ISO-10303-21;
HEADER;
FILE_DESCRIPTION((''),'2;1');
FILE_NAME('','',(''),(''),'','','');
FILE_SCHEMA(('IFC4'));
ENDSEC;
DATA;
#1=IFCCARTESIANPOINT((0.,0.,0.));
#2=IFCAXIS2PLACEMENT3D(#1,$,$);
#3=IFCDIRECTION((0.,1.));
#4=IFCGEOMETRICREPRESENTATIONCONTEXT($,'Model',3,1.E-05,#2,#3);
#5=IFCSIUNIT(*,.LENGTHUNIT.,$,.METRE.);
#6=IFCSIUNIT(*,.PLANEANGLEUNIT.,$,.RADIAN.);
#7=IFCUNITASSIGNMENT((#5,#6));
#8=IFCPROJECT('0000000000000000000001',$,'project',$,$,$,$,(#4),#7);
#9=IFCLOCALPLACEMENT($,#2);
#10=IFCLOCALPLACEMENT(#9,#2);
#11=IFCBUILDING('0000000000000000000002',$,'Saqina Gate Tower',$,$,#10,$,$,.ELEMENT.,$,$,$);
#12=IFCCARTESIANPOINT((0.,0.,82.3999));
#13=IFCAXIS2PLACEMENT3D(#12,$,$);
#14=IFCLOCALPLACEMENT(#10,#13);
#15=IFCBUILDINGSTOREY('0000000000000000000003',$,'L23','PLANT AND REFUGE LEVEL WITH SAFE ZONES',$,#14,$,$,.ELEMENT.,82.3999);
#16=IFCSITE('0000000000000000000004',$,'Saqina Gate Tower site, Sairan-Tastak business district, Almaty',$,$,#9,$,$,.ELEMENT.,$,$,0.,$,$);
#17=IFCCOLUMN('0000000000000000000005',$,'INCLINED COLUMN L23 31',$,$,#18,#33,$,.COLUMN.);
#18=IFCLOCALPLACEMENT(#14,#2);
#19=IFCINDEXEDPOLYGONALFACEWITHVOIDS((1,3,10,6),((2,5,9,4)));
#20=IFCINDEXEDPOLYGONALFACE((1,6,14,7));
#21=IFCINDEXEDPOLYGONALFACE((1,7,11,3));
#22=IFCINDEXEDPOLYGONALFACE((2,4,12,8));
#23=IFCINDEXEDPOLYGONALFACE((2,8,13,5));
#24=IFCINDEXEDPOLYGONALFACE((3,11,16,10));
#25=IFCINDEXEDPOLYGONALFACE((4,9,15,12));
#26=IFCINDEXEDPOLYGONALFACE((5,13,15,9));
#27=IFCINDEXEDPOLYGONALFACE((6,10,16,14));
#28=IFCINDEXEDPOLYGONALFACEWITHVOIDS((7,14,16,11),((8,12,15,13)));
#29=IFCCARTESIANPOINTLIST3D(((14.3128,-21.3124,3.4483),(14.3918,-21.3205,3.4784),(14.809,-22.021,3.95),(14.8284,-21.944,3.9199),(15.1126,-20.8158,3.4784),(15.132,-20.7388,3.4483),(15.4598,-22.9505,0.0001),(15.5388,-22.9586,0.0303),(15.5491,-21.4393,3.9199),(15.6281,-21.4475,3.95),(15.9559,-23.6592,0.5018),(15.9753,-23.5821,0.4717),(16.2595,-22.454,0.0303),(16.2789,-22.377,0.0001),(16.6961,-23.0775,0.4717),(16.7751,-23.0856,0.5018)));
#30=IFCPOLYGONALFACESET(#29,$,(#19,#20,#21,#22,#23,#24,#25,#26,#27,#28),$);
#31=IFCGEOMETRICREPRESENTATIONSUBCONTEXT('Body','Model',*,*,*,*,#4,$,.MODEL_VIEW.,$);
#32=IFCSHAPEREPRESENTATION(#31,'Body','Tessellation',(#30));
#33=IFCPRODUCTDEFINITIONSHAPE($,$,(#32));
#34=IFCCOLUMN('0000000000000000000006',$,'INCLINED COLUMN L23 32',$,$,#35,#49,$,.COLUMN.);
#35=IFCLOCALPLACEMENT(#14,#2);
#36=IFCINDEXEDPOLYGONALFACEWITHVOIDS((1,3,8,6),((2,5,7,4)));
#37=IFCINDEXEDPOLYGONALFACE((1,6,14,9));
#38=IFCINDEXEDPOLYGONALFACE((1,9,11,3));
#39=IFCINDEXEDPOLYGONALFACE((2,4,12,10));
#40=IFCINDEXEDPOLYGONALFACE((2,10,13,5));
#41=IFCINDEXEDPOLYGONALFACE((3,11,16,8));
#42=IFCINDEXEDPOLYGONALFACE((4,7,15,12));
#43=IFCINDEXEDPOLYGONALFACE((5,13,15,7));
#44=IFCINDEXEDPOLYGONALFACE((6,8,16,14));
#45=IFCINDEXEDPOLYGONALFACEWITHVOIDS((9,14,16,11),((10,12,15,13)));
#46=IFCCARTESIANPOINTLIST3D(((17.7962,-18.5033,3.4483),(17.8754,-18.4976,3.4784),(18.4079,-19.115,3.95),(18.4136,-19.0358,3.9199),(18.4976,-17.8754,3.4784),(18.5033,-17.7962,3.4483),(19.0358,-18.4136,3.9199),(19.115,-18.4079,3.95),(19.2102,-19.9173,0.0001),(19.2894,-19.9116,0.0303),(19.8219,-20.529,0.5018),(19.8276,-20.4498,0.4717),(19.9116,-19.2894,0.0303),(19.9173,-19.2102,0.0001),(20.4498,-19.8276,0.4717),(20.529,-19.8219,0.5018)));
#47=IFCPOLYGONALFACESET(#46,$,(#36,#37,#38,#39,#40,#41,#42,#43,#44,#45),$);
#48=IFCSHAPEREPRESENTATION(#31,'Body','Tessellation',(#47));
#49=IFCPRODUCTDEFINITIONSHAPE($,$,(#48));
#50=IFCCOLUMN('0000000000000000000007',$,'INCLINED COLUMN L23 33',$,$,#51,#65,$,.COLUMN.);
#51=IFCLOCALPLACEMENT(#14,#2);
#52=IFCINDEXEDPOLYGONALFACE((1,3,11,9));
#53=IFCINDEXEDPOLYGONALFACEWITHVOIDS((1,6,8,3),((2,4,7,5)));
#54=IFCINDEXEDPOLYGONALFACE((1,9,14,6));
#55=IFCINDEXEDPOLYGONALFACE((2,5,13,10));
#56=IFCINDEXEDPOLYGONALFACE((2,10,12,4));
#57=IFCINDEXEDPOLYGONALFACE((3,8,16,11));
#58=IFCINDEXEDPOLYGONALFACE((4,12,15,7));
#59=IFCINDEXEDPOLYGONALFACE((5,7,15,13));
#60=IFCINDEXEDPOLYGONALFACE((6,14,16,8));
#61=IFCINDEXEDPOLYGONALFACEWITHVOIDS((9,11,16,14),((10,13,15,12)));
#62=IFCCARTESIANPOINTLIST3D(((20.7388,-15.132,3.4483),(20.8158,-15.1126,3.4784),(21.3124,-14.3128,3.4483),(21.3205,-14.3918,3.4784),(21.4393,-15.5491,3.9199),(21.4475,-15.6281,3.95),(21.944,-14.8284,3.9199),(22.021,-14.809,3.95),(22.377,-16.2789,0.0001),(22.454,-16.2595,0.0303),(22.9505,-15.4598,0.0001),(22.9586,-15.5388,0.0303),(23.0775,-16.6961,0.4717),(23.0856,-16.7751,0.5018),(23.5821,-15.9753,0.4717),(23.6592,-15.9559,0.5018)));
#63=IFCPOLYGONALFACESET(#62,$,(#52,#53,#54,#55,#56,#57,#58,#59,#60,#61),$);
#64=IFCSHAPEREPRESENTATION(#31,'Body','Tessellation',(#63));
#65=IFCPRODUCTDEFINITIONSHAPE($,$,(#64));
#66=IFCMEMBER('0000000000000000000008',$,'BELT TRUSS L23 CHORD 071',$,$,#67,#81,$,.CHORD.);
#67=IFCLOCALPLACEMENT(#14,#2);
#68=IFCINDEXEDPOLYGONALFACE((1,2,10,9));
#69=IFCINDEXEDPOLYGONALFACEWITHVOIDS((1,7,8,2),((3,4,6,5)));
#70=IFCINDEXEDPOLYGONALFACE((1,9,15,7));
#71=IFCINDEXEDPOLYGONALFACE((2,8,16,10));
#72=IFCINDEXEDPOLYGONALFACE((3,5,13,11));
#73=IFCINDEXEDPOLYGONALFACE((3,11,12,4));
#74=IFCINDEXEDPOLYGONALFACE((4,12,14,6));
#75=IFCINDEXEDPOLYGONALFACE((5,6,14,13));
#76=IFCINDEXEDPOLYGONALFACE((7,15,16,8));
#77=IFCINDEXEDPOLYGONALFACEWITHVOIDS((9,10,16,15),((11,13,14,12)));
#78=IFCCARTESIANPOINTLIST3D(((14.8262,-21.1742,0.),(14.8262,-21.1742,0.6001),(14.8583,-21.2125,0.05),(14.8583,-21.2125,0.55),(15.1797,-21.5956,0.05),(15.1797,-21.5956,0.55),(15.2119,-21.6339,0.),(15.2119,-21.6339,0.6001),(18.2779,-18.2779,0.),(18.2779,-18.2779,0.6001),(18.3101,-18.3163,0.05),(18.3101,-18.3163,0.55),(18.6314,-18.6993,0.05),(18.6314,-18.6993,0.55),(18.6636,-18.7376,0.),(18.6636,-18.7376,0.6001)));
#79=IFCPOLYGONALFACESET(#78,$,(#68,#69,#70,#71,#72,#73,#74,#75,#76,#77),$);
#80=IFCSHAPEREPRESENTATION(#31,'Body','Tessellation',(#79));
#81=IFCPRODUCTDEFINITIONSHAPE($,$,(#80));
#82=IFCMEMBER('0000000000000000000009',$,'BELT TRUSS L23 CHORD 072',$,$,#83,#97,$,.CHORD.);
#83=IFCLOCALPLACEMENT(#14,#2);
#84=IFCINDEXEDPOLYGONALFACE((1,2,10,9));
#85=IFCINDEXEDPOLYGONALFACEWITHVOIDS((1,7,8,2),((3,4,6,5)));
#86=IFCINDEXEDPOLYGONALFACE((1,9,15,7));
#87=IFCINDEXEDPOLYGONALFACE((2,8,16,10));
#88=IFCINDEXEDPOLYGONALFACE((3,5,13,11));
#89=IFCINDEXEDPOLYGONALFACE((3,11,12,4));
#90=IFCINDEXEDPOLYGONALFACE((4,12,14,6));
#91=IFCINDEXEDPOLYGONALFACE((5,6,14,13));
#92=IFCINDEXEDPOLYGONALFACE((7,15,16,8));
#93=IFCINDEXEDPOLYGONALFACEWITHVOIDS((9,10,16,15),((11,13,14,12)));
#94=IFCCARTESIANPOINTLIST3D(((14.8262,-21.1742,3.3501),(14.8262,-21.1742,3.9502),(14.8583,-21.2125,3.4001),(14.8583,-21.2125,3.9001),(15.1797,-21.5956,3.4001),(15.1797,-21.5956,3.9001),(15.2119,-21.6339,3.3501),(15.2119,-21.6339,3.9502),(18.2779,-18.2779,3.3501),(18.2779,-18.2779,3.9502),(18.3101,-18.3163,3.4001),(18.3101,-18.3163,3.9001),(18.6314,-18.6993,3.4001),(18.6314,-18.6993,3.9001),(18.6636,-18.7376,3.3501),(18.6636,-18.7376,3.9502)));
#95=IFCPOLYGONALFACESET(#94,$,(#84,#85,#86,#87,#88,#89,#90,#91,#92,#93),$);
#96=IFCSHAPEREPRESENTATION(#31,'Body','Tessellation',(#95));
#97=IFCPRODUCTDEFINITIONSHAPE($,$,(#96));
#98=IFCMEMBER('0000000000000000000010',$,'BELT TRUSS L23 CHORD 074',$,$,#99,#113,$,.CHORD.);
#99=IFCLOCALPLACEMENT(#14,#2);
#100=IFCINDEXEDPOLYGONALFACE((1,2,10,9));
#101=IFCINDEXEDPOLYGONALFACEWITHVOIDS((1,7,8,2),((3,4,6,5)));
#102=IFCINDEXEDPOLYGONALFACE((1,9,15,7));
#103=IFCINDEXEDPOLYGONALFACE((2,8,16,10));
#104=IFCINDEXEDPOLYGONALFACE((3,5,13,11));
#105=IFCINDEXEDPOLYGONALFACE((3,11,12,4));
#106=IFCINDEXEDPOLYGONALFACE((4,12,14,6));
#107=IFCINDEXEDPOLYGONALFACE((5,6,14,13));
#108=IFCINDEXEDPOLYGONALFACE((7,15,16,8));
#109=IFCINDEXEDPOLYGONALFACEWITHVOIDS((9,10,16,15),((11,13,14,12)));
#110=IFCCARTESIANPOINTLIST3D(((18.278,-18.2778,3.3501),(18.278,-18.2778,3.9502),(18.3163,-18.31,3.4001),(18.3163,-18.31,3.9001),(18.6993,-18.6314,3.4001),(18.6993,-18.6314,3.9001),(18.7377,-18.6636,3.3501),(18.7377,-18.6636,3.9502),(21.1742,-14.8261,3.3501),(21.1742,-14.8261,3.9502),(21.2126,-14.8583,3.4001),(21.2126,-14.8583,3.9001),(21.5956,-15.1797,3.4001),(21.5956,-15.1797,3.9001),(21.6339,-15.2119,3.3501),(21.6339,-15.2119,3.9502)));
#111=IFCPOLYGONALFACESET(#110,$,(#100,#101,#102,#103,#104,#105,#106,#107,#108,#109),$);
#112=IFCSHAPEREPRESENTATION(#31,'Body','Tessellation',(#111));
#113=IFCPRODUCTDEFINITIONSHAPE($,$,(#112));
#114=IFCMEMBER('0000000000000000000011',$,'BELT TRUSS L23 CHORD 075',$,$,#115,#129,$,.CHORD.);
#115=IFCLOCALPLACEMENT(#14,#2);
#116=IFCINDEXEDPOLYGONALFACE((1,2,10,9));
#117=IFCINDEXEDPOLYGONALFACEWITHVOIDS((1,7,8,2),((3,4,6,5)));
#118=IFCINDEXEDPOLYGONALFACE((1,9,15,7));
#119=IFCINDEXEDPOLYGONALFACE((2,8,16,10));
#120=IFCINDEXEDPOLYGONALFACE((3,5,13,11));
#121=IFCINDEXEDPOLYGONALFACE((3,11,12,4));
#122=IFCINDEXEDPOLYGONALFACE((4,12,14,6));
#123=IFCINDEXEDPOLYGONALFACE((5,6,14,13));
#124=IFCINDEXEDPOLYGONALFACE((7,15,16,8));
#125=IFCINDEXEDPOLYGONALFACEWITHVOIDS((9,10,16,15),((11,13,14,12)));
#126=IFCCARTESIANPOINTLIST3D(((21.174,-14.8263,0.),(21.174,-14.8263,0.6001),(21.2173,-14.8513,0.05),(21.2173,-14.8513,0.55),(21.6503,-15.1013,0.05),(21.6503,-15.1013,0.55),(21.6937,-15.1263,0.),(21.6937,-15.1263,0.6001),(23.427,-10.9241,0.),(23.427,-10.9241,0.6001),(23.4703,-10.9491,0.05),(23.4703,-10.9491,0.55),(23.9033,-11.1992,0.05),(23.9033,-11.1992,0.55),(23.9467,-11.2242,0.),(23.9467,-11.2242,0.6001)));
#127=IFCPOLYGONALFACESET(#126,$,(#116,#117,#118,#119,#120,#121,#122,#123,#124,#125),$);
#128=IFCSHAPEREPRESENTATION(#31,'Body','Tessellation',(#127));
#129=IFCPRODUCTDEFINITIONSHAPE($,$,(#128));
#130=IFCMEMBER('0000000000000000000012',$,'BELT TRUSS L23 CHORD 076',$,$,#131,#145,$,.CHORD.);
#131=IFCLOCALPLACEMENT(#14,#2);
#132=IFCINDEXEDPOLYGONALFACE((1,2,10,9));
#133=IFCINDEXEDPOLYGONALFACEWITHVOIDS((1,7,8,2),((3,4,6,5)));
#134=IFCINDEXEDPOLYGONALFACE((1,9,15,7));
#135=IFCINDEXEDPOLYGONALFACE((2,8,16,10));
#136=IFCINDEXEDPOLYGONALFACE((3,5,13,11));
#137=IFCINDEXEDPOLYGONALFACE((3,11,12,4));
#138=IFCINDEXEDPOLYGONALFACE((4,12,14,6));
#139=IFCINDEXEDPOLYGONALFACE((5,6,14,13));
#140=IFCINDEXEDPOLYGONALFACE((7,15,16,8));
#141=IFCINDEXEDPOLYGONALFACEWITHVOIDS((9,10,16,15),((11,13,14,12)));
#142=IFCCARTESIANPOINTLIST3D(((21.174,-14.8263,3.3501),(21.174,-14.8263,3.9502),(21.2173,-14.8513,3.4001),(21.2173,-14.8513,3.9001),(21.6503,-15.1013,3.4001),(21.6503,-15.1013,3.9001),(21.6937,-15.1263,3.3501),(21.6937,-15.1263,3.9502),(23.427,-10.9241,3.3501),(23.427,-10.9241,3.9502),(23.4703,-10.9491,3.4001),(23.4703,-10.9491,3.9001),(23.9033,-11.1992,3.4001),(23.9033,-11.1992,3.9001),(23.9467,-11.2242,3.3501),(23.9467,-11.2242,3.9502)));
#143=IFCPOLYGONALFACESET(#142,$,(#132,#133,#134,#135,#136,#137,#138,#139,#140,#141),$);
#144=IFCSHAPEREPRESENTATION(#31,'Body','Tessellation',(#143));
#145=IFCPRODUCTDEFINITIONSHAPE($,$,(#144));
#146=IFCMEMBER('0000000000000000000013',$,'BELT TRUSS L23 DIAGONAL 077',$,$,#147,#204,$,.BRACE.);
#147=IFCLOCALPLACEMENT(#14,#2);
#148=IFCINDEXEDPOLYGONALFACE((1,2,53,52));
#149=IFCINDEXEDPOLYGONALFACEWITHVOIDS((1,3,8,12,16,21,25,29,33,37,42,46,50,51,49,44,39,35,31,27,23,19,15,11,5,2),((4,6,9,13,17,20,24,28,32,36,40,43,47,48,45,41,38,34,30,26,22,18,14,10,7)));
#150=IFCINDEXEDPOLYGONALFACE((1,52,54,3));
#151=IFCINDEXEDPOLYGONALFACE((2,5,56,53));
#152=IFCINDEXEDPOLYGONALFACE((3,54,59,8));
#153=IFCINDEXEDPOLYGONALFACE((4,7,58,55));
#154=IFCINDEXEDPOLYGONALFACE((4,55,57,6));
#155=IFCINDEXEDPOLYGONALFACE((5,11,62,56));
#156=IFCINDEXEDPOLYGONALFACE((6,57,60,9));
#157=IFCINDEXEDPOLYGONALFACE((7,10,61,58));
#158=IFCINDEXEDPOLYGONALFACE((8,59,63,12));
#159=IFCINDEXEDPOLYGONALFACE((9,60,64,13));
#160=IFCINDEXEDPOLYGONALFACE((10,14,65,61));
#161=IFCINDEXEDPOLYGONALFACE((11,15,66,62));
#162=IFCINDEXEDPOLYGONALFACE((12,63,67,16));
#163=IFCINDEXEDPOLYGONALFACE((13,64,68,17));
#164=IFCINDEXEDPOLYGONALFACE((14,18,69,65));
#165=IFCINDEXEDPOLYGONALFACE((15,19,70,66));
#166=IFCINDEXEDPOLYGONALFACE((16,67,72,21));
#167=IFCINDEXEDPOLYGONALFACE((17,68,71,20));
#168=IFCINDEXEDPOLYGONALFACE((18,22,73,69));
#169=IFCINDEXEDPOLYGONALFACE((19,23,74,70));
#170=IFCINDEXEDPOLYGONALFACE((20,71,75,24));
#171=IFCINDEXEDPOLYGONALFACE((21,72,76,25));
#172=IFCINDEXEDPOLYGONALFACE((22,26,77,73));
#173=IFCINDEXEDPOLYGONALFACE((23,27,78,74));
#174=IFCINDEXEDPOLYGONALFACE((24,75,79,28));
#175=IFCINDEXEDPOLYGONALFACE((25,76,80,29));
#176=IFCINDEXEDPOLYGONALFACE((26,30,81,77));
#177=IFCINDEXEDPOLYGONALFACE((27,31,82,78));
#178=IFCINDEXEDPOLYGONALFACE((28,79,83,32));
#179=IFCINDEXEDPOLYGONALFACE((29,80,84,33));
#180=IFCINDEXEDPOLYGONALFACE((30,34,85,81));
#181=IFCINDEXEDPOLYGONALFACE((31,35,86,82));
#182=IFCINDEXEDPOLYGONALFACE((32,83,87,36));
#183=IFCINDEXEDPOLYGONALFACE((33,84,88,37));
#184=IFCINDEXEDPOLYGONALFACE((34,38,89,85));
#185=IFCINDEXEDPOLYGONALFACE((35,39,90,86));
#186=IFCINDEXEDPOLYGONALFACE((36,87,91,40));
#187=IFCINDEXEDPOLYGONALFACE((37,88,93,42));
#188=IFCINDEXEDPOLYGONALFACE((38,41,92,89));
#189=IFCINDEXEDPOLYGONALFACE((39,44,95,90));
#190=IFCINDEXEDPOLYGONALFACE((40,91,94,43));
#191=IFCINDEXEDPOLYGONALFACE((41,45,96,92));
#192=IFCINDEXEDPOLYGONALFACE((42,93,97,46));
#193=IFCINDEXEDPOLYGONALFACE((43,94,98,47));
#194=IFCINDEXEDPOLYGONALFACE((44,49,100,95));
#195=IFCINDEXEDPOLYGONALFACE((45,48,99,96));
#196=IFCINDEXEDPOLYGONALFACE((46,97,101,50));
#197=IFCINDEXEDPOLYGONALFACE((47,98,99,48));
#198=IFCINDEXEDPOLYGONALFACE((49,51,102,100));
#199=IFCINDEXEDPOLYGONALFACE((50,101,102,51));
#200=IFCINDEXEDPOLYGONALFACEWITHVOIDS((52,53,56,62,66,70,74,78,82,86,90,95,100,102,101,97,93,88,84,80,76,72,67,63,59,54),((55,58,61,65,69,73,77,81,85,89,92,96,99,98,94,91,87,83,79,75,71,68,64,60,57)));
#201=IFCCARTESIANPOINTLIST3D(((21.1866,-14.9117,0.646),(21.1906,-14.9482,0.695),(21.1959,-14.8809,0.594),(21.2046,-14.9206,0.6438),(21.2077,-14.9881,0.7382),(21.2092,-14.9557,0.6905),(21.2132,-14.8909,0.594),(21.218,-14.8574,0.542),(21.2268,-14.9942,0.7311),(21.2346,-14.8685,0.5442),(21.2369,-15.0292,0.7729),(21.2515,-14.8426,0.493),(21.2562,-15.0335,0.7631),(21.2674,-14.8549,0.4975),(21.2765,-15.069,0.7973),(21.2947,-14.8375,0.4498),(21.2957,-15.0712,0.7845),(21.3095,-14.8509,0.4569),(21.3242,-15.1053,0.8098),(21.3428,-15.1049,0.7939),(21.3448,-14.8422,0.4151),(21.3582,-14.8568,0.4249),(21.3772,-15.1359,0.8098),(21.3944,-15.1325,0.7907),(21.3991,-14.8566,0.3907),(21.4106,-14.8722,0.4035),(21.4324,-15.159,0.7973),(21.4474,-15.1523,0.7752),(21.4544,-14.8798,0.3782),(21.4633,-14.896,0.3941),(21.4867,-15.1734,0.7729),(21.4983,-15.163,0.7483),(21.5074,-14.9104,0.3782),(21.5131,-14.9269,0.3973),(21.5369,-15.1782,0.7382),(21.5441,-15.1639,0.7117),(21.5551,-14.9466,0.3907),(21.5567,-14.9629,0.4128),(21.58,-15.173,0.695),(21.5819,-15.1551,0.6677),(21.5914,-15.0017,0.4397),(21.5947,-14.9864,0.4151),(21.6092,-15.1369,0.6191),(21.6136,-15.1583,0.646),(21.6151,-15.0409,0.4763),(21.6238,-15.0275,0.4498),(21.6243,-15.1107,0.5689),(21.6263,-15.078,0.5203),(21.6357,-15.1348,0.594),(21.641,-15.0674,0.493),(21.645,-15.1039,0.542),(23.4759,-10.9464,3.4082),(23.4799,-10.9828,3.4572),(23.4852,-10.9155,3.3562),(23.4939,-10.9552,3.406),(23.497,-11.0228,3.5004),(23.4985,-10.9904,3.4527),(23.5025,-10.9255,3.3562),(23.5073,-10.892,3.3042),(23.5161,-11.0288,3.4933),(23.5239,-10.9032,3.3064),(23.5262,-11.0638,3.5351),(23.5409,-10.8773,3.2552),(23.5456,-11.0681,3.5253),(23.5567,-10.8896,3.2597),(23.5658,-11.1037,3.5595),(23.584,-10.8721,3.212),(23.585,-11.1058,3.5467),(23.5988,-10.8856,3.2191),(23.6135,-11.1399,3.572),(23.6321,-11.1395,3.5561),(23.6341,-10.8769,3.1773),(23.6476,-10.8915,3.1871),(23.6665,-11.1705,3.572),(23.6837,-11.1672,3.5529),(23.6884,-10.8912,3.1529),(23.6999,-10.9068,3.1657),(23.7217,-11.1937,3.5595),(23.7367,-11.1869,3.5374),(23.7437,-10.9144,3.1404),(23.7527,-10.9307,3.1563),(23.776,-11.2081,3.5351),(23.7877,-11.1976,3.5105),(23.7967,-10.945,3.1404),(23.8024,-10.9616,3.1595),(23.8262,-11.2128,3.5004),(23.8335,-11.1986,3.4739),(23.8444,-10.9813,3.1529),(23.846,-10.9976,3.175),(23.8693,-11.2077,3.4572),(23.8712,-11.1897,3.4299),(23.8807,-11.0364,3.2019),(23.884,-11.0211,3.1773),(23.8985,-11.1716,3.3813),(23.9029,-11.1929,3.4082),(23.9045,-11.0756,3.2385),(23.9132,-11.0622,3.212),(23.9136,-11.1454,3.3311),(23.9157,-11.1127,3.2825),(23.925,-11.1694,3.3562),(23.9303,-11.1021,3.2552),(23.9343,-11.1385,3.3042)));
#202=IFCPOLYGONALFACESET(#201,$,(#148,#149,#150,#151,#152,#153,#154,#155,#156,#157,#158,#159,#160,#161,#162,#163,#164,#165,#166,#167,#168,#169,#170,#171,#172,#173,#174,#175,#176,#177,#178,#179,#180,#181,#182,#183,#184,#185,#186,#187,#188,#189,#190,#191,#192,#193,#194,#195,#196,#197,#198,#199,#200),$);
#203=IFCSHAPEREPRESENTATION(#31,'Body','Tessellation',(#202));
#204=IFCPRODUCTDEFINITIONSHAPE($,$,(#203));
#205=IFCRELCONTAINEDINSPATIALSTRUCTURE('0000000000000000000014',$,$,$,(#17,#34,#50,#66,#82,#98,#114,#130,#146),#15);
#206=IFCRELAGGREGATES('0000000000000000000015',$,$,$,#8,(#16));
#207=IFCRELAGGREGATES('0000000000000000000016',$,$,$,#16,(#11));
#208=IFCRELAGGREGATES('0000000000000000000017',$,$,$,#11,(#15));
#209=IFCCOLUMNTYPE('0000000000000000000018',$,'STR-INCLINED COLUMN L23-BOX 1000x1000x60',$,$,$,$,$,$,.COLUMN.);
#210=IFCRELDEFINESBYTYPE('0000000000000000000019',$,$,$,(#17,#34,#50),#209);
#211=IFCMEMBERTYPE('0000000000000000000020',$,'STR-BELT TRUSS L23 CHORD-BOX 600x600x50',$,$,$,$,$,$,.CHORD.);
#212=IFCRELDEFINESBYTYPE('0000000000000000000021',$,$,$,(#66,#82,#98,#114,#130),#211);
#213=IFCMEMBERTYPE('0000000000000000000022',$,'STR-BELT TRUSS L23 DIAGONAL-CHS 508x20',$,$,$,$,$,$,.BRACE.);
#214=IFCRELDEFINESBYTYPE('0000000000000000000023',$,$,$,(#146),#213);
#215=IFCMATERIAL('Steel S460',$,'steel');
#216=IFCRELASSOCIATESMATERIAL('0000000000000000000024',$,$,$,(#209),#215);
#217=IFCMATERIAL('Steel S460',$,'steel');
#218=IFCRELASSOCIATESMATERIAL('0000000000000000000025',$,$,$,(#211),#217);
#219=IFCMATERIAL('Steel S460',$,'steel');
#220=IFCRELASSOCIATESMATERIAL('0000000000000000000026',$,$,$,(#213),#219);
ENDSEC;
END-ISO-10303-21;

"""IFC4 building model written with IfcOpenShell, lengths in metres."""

from ifc_helpers import new_model, si_unit, direction, frame, origin, origin_2d, place, context, subcontext, project, spatial, hollow_rectangle, hollow_circle, extrude, material, material_profile, profile_set, type_object, element, save


model = new_model("IFC4")

# Units and contexts
model_context = context("Model", 3, precision=1e-05, world=origin(), true_north=direction((0.0, 1.0)))
body_context = subcontext(model_context, "Body", "Model", "MODEL_VIEW")
ifc_project = project(units=[si_unit("LENGTHUNIT", "METRE"), si_unit("PLANEANGLEUNIT", "RADIAN")], contexts=[model_context])

# Site, building, storey
site_placement = place(None, origin())
site = spatial("IfcSite", under=ifc_project, at=site_placement, Name="Saqina Gate Tower site, Sairan-Tastak business district, Almaty", CompositionType="ELEMENT", RefElevation=0.0)
building_placement = place(site_placement, origin())
building = spatial("IfcBuilding", under=site, at=building_placement, Name="Saqina Gate Tower", CompositionType="ELEMENT")
storey_placement = place(building_placement, frame((0.0, 0.0, 82.3999)))
storey = spatial("IfcBuildingStorey", under=building, at=storey_placement, Name="L23", Description="PLANT AND REFUGE LEVEL WITH SAFE ZONES", CompositionType="ELEMENT", Elevation=82.3999)

# Columns
ifc_material_1 = material(Name="Steel S460", Category="steel")
ifc_material_profile_1 = material_profile(ifc_material_1, hollow_rectangle(XDim=1.0, YDim=1.0, WallThickness=0.0601, at=origin_2d()), Name="BOX 1000x1000x60")
ifc_profile_set_1 = profile_set([ifc_material_profile_1], Name="Steel S460")
column_type = type_object("IfcColumnType", Name="STR-INCLINED COLUMN L23-BOX 1000x1000x60", PredefinedType="COLUMN", material=ifc_profile_set_1)
for number, where, z_axis, x_axis, name in (
    (1, (16.1174, -23.0181, 0.251), (-0.287738, 0.410967, 0.865051), (-0.819175, -0.573544, 0.0), "INCLINED COLUMN L23 31"),
    (2, (19.8696, -19.8696, 0.251), (-0.354742, 0.354742, 0.865052), (-0.707107, -0.707107, 0.0), "INCLINED COLUMN L23 32"),
    (3, (23.0181, -16.1174, 0.251), (-0.410967, 0.287738, 0.865051), (-0.573544, -0.819175, 0.0), "INCLINED COLUMN L23 33"),
):
    element("IfcColumn", number, at=place(storey_placement, frame(where, z_axis=z_axis, x_axis=x_axis)), inside=storey, type_object=column_type, Name=name, PredefinedType="COLUMN", context=body_context, shape_type="SweptSolid", body=[
        extrude(hollow_rectangle(XDim=1.0, YDim=1.0, WallThickness=0.0601, at=origin_2d()), origin(), (0.0, 0.0, 1.0), 3.9861),
    ])

# Members
ifc_material_2 = material(Name="Steel S460", Category="steel")
ifc_material_profile_2 = material_profile(ifc_material_2, hollow_rectangle(XDim=0.6001, YDim=0.6001, WallThickness=0.05, at=origin_2d()), Name="BOX 600x600x50")
ifc_profile_set_2 = profile_set([ifc_material_profile_2], Name="Steel S460")
member_type_1 = type_object("IfcMemberType", Name="STR-BELT TRUSS L23 CHORD-BOX 600x600x50", PredefinedType="CHORD", material=ifc_profile_set_2)
for number, where, z_axis, x_axis, name in (
    (4, (15.019, -21.4041, 0.3), (0.76605, 0.642782, 0.0), (-0.642782, 0.76605, 0.0), "BELT TRUSS L23 CHORD 071"),
    (5, (15.019, -21.4041, 3.6501), (0.76605, 0.642782, 0.0), (-0.642782, 0.76605, 0.0), "BELT TRUSS L23 CHORD 072"),
    (6, (18.5078, -18.4707, 3.6501), (0.642782, 0.76605, 0.0), (-0.76605, 0.642782, 0.0), "BELT TRUSS L23 CHORD 074"),
    (7, (21.4338, -14.9763, 0.3), (0.500009, 0.86602, 0.0), (-0.86602, 0.500009, 0.0), "BELT TRUSS L23 CHORD 075"),
    (8, (21.4338, -14.9763, 3.6501), (0.500009, 0.86602, 0.0), (-0.86602, 0.500009, 0.0), "BELT TRUSS L23 CHORD 076"),
):
    element("IfcMember", number, at=place(storey_placement, frame(where, z_axis=z_axis, x_axis=x_axis)), inside=storey, type_object=member_type_1, Name=name, PredefinedType="CHORD", context=body_context, shape_type="SweptSolid", body=[
        extrude(hollow_rectangle(XDim=0.6001, YDim=0.6001, WallThickness=0.05, at=origin_2d()), origin(), (0.0, 0.0, 1.0), 4.5059),
    ])
ifc_material_3 = material(Name="Steel S460", Category="steel")
ifc_material_profile_3 = material_profile(ifc_material_3, hollow_circle(Radius=0.2539, WallThickness=0.02, at=origin_2d()), Name="CHS 508x20")
ifc_profile_set_3 = profile_set([ifc_material_profile_3], Name="Steel S460")
member_type_2 = type_object("IfcMemberType", Name="STR-BELT TRUSS L23 DIAGONAL-CHS 508x20", PredefinedType="BRACE", material=ifc_profile_set_3)
member_1_placement = place(storey_placement, frame((21.4158, -15.0078, 0.594), z_axis=(0.428117, 0.741545, 0.516552), x_axis=(-0.866033, 0.499987, 0.0)))
element("IfcMember", 9, at=member_1_placement, inside=storey, type_object=member_type_2, Name="BELT TRUSS L23 DIAGONAL 077", PredefinedType="BRACE", context=body_context, shape_type="SweptSolid", body=[
    extrude(hollow_circle(Radius=0.2539, WallThickness=0.02, at=origin_2d()), origin(), (0.0, 0.0, 1.0), 5.3474),
])

save(model, "model.ifc")
